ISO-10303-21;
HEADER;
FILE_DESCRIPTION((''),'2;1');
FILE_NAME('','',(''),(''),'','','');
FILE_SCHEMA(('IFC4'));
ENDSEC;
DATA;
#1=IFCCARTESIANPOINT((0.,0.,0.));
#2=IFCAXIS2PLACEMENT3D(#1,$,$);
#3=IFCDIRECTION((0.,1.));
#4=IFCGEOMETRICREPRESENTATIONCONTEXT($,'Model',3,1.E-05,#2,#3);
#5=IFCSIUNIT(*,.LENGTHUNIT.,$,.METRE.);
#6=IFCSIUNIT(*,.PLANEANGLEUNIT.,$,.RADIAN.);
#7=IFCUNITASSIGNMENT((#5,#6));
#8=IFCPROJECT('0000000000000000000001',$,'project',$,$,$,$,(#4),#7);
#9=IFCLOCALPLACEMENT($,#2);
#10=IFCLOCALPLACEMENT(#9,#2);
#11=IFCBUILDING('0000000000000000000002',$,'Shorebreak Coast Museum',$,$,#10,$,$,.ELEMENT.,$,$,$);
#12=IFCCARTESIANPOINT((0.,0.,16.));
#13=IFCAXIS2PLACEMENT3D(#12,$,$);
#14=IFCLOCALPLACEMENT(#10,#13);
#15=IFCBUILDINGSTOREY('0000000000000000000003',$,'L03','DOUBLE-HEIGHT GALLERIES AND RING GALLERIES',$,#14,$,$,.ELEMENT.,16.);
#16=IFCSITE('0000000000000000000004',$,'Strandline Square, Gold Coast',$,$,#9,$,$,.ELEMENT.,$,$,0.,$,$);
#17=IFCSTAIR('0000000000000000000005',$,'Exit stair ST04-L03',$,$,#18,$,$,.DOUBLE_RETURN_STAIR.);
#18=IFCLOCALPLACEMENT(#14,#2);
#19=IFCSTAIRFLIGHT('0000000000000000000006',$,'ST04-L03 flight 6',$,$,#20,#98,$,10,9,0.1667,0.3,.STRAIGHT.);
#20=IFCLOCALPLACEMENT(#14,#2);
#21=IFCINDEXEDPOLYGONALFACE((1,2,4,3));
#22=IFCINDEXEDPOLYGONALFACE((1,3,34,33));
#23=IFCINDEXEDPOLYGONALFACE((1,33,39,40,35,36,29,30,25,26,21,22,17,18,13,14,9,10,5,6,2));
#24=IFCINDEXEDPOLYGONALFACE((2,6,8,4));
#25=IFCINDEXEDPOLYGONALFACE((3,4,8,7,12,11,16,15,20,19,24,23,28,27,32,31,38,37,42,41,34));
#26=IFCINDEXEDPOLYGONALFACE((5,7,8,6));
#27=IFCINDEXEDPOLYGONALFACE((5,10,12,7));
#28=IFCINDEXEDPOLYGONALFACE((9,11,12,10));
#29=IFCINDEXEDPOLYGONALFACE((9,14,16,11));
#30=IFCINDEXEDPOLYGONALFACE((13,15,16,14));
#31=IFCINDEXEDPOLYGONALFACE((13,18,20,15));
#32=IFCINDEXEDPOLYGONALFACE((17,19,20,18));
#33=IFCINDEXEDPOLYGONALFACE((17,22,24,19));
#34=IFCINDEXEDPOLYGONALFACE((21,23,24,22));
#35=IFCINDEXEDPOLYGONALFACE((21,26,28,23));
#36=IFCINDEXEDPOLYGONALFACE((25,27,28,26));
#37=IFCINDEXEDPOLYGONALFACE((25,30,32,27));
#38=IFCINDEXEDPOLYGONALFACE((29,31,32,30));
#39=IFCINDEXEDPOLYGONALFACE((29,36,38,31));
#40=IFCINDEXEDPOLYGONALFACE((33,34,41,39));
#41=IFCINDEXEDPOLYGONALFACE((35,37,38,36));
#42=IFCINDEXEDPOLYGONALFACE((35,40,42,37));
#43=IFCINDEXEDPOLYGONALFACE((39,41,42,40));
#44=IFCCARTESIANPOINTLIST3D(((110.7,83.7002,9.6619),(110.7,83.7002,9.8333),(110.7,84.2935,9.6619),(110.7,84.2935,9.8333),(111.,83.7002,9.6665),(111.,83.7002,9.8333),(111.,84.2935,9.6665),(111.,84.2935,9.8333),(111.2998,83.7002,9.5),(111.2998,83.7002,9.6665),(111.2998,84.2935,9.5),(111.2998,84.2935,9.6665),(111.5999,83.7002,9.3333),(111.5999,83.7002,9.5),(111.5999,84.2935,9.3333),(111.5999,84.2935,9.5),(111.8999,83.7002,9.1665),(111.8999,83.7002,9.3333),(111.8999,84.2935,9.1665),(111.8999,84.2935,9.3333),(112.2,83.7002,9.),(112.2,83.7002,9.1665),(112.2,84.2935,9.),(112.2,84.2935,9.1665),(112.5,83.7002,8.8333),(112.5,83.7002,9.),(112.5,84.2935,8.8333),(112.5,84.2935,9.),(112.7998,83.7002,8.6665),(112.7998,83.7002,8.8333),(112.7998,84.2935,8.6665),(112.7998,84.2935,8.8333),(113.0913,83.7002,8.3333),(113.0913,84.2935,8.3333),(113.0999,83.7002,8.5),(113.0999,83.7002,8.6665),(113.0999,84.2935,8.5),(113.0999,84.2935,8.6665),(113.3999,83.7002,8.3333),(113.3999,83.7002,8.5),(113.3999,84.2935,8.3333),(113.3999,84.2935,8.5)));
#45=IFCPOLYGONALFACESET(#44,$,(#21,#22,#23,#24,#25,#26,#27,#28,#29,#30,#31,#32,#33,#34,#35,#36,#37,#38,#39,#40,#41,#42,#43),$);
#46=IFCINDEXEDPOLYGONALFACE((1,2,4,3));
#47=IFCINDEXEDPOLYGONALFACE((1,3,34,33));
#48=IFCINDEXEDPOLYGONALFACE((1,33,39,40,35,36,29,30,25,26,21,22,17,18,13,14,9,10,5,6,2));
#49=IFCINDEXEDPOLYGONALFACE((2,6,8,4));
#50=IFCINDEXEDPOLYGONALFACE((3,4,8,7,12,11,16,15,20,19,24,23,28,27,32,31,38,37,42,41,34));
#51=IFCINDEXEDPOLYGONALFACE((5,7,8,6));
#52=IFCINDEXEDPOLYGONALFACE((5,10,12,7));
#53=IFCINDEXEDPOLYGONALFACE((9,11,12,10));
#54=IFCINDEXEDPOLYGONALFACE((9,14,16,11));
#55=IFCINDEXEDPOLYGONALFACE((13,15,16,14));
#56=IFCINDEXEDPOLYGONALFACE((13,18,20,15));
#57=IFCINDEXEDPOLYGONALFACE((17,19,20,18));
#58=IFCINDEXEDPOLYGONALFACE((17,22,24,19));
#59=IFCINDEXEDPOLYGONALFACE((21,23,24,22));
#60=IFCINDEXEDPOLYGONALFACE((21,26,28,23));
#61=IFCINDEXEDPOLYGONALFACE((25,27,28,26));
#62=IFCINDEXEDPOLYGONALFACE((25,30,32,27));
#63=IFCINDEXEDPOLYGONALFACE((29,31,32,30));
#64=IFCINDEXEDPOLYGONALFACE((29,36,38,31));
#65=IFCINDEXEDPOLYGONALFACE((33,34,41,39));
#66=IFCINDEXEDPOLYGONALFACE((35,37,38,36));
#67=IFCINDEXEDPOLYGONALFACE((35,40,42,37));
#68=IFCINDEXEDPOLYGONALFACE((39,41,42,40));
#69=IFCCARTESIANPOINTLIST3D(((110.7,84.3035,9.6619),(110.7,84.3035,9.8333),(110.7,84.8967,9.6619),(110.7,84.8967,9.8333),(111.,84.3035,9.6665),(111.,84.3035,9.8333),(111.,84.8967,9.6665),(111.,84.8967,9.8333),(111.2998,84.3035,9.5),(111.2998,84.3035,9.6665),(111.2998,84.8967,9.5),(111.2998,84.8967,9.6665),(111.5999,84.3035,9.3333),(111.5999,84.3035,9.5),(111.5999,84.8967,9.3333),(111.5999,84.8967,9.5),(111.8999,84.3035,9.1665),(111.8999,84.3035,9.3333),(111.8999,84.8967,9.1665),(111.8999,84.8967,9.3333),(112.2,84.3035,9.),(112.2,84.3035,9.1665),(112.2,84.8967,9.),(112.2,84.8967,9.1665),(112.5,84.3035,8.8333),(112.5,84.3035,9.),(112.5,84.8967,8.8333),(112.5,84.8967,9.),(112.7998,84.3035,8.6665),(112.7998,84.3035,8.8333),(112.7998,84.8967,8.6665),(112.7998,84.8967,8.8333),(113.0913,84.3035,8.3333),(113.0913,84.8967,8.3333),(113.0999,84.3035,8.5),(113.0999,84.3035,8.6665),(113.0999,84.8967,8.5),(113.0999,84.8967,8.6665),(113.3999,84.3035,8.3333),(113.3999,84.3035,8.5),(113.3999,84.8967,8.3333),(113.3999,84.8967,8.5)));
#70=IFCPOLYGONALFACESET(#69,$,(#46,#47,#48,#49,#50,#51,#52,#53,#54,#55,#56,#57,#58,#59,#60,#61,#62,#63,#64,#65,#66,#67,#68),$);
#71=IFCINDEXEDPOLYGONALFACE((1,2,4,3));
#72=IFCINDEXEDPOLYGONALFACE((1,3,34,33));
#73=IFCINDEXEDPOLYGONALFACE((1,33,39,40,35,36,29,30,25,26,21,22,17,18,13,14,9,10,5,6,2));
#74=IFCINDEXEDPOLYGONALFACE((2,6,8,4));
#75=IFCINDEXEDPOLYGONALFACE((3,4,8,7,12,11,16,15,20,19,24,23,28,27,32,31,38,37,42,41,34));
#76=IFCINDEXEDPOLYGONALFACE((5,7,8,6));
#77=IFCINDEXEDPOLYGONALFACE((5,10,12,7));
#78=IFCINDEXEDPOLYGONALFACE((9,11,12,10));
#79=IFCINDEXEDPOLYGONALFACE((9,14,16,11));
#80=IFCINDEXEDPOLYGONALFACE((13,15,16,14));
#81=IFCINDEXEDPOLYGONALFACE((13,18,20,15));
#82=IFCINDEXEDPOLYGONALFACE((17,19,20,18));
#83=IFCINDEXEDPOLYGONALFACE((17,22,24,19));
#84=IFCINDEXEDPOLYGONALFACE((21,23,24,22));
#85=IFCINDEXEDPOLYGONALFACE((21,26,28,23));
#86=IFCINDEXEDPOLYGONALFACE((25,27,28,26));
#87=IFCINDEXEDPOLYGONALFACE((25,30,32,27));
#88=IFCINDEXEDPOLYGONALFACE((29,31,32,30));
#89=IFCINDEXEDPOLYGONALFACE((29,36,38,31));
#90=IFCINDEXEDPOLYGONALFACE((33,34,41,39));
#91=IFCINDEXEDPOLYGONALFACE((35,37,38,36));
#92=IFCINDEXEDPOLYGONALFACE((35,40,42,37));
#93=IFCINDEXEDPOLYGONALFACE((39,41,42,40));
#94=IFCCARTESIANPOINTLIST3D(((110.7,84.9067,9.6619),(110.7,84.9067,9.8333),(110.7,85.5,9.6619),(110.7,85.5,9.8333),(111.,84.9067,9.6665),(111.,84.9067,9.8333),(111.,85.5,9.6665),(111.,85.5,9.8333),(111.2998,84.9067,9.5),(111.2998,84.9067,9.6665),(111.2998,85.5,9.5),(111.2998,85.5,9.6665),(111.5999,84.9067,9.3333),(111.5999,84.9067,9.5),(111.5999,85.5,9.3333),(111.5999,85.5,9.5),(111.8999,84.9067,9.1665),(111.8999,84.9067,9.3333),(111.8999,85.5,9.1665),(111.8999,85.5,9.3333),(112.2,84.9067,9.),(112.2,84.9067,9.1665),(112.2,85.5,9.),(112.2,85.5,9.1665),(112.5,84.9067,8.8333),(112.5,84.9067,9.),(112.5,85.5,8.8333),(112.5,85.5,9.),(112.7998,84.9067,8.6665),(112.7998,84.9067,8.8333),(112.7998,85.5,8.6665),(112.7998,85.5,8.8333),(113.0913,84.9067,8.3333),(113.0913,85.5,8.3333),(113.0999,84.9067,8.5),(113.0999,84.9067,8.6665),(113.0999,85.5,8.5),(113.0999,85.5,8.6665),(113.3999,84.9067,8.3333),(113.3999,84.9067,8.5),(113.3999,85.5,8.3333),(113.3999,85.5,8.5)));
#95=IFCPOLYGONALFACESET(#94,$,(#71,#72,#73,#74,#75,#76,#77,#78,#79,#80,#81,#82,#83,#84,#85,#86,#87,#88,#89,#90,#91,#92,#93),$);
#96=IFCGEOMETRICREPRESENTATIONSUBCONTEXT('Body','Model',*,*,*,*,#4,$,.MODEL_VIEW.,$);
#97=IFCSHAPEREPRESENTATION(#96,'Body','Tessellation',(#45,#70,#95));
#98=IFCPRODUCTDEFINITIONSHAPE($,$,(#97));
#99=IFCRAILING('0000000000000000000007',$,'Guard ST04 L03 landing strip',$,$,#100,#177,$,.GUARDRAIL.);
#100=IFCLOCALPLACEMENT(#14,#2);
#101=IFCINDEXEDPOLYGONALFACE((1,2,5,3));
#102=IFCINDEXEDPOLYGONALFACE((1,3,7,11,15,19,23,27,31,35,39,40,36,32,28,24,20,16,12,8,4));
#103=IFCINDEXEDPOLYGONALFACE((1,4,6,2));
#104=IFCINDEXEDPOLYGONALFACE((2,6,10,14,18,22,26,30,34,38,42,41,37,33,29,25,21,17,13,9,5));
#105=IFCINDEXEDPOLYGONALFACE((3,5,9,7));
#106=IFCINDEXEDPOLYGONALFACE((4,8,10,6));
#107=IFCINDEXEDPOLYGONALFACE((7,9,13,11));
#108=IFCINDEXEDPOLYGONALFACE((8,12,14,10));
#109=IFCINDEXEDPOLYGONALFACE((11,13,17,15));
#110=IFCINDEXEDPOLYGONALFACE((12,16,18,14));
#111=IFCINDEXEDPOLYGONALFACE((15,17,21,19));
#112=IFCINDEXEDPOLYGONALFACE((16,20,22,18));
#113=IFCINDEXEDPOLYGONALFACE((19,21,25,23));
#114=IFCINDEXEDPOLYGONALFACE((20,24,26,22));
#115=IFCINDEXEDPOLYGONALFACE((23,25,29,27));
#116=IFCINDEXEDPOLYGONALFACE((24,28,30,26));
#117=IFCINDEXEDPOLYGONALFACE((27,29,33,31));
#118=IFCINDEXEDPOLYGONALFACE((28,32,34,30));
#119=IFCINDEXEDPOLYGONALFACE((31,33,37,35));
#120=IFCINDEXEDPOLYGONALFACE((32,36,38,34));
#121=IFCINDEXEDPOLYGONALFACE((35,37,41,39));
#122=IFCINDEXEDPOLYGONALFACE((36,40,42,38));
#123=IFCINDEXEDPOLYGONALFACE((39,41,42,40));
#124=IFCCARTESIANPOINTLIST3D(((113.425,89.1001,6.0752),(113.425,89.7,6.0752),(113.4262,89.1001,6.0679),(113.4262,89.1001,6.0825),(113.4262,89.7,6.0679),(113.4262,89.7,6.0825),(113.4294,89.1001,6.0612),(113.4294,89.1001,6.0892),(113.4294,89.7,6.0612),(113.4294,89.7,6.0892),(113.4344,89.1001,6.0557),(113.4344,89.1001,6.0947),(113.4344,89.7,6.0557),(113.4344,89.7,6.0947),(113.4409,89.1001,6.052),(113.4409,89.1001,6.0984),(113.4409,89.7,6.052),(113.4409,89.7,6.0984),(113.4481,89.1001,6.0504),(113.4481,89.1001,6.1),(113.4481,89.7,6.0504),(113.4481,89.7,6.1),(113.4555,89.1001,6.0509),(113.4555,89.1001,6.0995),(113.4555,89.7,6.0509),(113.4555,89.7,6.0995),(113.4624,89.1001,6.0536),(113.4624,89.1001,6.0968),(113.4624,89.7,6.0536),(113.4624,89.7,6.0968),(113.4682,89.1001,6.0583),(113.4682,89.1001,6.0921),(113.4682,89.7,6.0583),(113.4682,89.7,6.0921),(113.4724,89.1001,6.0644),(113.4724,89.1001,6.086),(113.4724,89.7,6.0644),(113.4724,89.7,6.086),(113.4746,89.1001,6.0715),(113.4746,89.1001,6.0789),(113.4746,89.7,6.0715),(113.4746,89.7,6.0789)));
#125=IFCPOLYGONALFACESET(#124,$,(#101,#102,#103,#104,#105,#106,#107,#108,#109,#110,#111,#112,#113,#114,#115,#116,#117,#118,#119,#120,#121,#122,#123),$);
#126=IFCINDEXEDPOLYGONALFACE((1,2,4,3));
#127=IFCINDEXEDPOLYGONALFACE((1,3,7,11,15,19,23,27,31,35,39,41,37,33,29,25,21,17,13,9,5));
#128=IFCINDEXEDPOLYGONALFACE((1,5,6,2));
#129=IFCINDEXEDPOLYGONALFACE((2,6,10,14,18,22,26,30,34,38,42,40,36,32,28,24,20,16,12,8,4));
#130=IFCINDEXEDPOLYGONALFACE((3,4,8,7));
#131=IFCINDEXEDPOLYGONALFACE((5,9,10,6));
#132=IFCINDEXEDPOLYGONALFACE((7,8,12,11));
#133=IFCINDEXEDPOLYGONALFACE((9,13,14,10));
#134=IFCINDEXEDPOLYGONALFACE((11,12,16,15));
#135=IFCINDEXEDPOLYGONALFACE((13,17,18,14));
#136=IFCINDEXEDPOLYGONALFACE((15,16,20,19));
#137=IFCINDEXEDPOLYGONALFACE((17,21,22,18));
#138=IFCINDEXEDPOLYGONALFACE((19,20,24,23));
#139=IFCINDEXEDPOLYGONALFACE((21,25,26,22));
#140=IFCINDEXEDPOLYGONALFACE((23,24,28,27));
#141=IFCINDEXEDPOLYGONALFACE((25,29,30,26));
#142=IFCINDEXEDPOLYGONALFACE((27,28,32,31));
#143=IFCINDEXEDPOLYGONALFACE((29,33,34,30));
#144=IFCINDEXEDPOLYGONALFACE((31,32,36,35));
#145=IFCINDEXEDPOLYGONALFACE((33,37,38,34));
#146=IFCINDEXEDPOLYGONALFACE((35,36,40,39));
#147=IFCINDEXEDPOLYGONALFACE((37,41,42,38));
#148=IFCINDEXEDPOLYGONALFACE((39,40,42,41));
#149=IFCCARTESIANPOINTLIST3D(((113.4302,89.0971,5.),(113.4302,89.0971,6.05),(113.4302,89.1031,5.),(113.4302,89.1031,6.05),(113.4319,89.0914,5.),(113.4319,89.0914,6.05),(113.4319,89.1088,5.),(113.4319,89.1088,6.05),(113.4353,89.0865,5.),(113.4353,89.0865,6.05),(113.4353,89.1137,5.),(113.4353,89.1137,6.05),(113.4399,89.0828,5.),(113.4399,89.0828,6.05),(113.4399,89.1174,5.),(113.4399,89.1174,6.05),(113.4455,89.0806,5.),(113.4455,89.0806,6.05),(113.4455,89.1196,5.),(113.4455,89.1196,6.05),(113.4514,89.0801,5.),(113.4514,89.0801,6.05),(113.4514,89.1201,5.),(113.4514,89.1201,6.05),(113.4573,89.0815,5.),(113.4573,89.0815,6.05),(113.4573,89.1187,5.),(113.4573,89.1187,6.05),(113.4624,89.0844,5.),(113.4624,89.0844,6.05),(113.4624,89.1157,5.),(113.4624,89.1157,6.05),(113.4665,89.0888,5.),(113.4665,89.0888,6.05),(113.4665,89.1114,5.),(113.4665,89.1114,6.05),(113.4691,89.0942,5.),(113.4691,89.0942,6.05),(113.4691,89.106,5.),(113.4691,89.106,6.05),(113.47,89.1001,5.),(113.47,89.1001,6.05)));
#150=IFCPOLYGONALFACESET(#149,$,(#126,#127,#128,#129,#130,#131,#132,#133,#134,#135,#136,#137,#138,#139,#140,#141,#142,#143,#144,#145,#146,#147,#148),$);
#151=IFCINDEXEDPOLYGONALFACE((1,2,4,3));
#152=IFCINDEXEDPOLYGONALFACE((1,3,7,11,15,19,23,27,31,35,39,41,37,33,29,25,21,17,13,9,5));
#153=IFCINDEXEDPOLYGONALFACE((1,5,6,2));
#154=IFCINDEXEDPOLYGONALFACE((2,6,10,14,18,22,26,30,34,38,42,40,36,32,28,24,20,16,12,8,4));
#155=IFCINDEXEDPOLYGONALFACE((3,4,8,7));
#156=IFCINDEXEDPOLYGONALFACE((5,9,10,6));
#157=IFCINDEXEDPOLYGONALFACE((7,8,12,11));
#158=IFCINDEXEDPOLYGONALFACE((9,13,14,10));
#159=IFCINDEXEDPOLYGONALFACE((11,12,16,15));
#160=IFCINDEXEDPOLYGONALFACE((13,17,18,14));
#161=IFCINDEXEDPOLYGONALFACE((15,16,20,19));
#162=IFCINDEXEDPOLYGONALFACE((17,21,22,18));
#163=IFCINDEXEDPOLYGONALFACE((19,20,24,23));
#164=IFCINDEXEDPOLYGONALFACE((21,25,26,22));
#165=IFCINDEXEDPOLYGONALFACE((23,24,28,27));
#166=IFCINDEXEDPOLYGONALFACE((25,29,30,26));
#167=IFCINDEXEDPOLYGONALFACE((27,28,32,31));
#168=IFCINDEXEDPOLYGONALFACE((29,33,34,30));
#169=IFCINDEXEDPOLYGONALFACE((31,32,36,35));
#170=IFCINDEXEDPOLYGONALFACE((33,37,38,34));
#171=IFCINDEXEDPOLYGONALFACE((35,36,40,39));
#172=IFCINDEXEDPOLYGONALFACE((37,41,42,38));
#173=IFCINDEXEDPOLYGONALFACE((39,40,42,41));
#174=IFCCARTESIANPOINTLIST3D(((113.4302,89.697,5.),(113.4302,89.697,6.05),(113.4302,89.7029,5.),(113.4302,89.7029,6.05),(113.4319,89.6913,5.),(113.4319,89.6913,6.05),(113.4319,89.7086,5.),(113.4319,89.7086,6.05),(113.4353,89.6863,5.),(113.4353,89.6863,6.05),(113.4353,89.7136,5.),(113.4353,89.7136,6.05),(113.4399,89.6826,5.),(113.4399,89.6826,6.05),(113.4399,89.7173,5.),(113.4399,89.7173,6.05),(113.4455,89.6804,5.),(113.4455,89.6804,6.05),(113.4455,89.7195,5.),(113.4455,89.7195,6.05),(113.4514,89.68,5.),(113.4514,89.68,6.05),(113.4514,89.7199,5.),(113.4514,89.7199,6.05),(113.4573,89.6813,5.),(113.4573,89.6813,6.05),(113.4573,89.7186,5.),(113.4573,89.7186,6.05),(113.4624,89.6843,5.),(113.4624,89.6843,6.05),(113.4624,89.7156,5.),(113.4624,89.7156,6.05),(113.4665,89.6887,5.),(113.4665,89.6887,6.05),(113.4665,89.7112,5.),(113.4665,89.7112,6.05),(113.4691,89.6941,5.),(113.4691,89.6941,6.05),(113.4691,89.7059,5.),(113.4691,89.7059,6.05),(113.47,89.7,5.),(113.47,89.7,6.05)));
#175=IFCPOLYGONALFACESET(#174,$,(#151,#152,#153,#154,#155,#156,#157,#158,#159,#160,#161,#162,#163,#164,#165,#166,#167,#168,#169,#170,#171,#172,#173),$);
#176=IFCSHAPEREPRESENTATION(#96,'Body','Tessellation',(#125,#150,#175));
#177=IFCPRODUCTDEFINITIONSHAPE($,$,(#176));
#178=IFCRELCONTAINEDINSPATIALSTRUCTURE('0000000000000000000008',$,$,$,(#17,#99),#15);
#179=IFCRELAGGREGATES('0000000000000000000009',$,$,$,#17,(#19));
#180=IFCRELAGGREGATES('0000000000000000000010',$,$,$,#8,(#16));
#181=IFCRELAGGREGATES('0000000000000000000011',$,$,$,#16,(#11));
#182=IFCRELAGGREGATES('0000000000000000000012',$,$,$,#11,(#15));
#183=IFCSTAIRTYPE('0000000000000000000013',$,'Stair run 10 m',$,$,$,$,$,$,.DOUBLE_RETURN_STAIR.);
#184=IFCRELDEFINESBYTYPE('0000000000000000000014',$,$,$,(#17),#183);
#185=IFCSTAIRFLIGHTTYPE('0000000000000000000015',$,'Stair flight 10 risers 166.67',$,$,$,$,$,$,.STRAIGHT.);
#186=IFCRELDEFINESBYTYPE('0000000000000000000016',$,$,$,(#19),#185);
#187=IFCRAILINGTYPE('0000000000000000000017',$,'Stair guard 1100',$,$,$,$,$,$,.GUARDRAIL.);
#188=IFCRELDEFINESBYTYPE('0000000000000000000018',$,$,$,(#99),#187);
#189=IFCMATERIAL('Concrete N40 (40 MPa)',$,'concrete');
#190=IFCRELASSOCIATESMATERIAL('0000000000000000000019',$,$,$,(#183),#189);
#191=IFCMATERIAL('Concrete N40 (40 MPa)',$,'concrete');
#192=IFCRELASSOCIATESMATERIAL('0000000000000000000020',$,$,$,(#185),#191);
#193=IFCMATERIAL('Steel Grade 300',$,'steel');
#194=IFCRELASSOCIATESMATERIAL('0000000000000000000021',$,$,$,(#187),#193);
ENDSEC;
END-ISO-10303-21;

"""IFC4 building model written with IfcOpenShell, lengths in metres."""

from ifc_helpers import new_model, si_unit, direction, frame, origin, origin_2d, place, context, subcontext, project, spatial, polyline, circle, outline, extrude, material, type_object, element, aggregate, save


model = new_model("IFC4")

# Units and contexts
model_context = context("Model", 3, precision=1e-05, world=origin(), true_north=direction((0.0, 1.0)))
body_context = subcontext(model_context, "Body", "Model", "MODEL_VIEW")
ifc_project = project(units=[si_unit("LENGTHUNIT", "METRE"), si_unit("PLANEANGLEUNIT", "RADIAN")], contexts=[model_context])

# Site, building, storey
site_placement = place(None, origin())
site = spatial("IfcSite", under=ifc_project, at=site_placement, Name="Strandline Square, Gold Coast", CompositionType="ELEMENT", RefElevation=0.0)
building_placement = place(site_placement, origin())
building = spatial("IfcBuilding", under=site, at=building_placement, Name="Shorebreak Coast Museum", CompositionType="ELEMENT")
storey_placement = place(building_placement, frame((0.0, 0.0, 16.0)))
storey = spatial("IfcBuildingStorey", under=building, at=storey_placement, Name="L03", Description="DOUBLE-HEIGHT GALLERIES AND RING GALLERIES", CompositionType="ELEMENT", Elevation=16.0)

# Stair, stair flight
ifc_material_1 = material(Name="Concrete N40 (40 MPa)", Category="concrete")
stair_type = type_object("IfcStairType", Name="Stair run 10 m", PredefinedType="DOUBLE_RETURN_STAIR", material=ifc_material_1)
stair_placement = place(storey_placement, origin())
stair = element("IfcStair", 1, at=stair_placement, inside=storey, type_object=stair_type, Name="Exit stair ST04-L03", PredefinedType="DOUBLE_RETURN_STAIR")
ifc_material_2 = material(Name="Concrete N40 (40 MPa)", Category="concrete")
stair_flight_type = type_object("IfcStairFlightType", Name="Stair flight 10 risers 166.67", PredefinedType="STRAIGHT", material=ifc_material_2)
stair_flight_1_placement = place(storey_placement, frame((113.3999, 84.6001, 8.3333), z_axis=(0.0, 0.0, 1.0), x_axis=(-1.0, 0.0, 0.0)))
stair_flight_1 = element("IfcStairFlight", 2, at=stair_flight_1_placement, type_object=stair_flight_type, Name="ST04-L03 flight 6", NumberOfRisers=10, NumberOfTreads=9, PredefinedType="STRAIGHT", RiserHeight=0.1667, TreadLength=0.3, context=body_context, shape_type="SweptSolid", body=[
    extrude(outline(polyline([(0.0, 0.0), (0.0, 0.1667), (0.3, 0.1667), (0.3, 0.3333), (0.6001, 0.3333), (0.6001, 0.5), (0.8999, 0.5), (0.8999, 0.6667), (1.2, 0.6667), (1.2, 0.8333), (1.5, 0.8333), (1.5, 1.0), (1.8, 1.0), (1.8, 1.1667), (2.1001, 1.1667), (2.1001, 1.3333), (2.3999, 1.3333), (2.3999, 1.5), (2.7, 1.5), (2.7, 1.6667), (2.7, 1.3286), (0.3086, 0.0), (0.0, 0.0)])), frame((0.0, 0.8999, 0.0), z_axis=(0.0, -1.0, 0.0), x_axis=(1.0, 0.0, 0.0)), (0.0, 0.0, 1.0), 0.5933),
    extrude(outline(polyline([(0.0, 0.0), (0.0, 0.1667), (0.3, 0.1667), (0.3, 0.3333), (0.6001, 0.3333), (0.6001, 0.5), (0.8999, 0.5), (0.8999, 0.6667), (1.2, 0.6667), (1.2, 0.8333), (1.5, 0.8333), (1.5, 1.0), (1.8, 1.0), (1.8, 1.1667), (2.1001, 1.1667), (2.1001, 1.3333), (2.3999, 1.3333), (2.3999, 1.5), (2.7, 1.5), (2.7, 1.6667), (2.7, 1.3286), (0.3086, 0.0), (0.0, 0.0)])), frame((0.0, 0.2966, 0.0), z_axis=(0.0, -1.0, 0.0), x_axis=(1.0, 0.0, 0.0)), (0.0, 0.0, 1.0), 0.5933),
    extrude(outline(polyline([(0.0, 0.0), (0.0, 0.1667), (0.3, 0.1667), (0.3, 0.3333), (0.6001, 0.3333), (0.6001, 0.5), (0.8999, 0.5), (0.8999, 0.6667), (1.2, 0.6667), (1.2, 0.8333), (1.5, 0.8333), (1.5, 1.0), (1.8, 1.0), (1.8, 1.1667), (2.1001, 1.1667), (2.1001, 1.3333), (2.3999, 1.3333), (2.3999, 1.5), (2.7, 1.5), (2.7, 1.6667), (2.7, 1.3286), (0.3086, 0.0), (0.0, 0.0)])), frame((0.0, -0.3066, 0.0), z_axis=(0.0, -1.0, 0.0), x_axis=(1.0, 0.0, 0.0)), (0.0, 0.0, 1.0), 0.5933),
])
aggregate(stair, [stair_flight_1])

# Railing
ifc_material_3 = material(Name="Steel Grade 300", Category="steel")
railing_type_1 = type_object("IfcRailingType", Name="Stair guard 1100", PredefinedType="GUARDRAIL", material=ifc_material_3)
railing_1_placement = place(storey_placement, frame((113.45, 89.1001, 5.0)))
element("IfcRailing", 3, at=railing_1_placement, inside=storey, type_object=railing_type_1, Name="Guard ST04 L03 landing strip", PredefinedType="GUARDRAIL", context=body_context, shape_type="SweptSolid", body=[
    extrude(circle(Radius=0.0249, at=origin_2d()), frame((0.0, 0.0, 1.0752), z_axis=(0.0, 1.0, 0.0), x_axis=(-1.0, 0.0, 0.0)), (0.0, 0.0, 1.0), 0.5999),
    extrude(circle(Radius=0.02, at=origin_2d()), origin(), (0.0, 0.0, 1.0), 1.05),
    extrude(circle(Radius=0.02, at=origin_2d()), frame((0.0, 0.5999, 0.0)), (0.0, 0.0, 1.0), 1.05),
])

save(model, "model.ifc")
